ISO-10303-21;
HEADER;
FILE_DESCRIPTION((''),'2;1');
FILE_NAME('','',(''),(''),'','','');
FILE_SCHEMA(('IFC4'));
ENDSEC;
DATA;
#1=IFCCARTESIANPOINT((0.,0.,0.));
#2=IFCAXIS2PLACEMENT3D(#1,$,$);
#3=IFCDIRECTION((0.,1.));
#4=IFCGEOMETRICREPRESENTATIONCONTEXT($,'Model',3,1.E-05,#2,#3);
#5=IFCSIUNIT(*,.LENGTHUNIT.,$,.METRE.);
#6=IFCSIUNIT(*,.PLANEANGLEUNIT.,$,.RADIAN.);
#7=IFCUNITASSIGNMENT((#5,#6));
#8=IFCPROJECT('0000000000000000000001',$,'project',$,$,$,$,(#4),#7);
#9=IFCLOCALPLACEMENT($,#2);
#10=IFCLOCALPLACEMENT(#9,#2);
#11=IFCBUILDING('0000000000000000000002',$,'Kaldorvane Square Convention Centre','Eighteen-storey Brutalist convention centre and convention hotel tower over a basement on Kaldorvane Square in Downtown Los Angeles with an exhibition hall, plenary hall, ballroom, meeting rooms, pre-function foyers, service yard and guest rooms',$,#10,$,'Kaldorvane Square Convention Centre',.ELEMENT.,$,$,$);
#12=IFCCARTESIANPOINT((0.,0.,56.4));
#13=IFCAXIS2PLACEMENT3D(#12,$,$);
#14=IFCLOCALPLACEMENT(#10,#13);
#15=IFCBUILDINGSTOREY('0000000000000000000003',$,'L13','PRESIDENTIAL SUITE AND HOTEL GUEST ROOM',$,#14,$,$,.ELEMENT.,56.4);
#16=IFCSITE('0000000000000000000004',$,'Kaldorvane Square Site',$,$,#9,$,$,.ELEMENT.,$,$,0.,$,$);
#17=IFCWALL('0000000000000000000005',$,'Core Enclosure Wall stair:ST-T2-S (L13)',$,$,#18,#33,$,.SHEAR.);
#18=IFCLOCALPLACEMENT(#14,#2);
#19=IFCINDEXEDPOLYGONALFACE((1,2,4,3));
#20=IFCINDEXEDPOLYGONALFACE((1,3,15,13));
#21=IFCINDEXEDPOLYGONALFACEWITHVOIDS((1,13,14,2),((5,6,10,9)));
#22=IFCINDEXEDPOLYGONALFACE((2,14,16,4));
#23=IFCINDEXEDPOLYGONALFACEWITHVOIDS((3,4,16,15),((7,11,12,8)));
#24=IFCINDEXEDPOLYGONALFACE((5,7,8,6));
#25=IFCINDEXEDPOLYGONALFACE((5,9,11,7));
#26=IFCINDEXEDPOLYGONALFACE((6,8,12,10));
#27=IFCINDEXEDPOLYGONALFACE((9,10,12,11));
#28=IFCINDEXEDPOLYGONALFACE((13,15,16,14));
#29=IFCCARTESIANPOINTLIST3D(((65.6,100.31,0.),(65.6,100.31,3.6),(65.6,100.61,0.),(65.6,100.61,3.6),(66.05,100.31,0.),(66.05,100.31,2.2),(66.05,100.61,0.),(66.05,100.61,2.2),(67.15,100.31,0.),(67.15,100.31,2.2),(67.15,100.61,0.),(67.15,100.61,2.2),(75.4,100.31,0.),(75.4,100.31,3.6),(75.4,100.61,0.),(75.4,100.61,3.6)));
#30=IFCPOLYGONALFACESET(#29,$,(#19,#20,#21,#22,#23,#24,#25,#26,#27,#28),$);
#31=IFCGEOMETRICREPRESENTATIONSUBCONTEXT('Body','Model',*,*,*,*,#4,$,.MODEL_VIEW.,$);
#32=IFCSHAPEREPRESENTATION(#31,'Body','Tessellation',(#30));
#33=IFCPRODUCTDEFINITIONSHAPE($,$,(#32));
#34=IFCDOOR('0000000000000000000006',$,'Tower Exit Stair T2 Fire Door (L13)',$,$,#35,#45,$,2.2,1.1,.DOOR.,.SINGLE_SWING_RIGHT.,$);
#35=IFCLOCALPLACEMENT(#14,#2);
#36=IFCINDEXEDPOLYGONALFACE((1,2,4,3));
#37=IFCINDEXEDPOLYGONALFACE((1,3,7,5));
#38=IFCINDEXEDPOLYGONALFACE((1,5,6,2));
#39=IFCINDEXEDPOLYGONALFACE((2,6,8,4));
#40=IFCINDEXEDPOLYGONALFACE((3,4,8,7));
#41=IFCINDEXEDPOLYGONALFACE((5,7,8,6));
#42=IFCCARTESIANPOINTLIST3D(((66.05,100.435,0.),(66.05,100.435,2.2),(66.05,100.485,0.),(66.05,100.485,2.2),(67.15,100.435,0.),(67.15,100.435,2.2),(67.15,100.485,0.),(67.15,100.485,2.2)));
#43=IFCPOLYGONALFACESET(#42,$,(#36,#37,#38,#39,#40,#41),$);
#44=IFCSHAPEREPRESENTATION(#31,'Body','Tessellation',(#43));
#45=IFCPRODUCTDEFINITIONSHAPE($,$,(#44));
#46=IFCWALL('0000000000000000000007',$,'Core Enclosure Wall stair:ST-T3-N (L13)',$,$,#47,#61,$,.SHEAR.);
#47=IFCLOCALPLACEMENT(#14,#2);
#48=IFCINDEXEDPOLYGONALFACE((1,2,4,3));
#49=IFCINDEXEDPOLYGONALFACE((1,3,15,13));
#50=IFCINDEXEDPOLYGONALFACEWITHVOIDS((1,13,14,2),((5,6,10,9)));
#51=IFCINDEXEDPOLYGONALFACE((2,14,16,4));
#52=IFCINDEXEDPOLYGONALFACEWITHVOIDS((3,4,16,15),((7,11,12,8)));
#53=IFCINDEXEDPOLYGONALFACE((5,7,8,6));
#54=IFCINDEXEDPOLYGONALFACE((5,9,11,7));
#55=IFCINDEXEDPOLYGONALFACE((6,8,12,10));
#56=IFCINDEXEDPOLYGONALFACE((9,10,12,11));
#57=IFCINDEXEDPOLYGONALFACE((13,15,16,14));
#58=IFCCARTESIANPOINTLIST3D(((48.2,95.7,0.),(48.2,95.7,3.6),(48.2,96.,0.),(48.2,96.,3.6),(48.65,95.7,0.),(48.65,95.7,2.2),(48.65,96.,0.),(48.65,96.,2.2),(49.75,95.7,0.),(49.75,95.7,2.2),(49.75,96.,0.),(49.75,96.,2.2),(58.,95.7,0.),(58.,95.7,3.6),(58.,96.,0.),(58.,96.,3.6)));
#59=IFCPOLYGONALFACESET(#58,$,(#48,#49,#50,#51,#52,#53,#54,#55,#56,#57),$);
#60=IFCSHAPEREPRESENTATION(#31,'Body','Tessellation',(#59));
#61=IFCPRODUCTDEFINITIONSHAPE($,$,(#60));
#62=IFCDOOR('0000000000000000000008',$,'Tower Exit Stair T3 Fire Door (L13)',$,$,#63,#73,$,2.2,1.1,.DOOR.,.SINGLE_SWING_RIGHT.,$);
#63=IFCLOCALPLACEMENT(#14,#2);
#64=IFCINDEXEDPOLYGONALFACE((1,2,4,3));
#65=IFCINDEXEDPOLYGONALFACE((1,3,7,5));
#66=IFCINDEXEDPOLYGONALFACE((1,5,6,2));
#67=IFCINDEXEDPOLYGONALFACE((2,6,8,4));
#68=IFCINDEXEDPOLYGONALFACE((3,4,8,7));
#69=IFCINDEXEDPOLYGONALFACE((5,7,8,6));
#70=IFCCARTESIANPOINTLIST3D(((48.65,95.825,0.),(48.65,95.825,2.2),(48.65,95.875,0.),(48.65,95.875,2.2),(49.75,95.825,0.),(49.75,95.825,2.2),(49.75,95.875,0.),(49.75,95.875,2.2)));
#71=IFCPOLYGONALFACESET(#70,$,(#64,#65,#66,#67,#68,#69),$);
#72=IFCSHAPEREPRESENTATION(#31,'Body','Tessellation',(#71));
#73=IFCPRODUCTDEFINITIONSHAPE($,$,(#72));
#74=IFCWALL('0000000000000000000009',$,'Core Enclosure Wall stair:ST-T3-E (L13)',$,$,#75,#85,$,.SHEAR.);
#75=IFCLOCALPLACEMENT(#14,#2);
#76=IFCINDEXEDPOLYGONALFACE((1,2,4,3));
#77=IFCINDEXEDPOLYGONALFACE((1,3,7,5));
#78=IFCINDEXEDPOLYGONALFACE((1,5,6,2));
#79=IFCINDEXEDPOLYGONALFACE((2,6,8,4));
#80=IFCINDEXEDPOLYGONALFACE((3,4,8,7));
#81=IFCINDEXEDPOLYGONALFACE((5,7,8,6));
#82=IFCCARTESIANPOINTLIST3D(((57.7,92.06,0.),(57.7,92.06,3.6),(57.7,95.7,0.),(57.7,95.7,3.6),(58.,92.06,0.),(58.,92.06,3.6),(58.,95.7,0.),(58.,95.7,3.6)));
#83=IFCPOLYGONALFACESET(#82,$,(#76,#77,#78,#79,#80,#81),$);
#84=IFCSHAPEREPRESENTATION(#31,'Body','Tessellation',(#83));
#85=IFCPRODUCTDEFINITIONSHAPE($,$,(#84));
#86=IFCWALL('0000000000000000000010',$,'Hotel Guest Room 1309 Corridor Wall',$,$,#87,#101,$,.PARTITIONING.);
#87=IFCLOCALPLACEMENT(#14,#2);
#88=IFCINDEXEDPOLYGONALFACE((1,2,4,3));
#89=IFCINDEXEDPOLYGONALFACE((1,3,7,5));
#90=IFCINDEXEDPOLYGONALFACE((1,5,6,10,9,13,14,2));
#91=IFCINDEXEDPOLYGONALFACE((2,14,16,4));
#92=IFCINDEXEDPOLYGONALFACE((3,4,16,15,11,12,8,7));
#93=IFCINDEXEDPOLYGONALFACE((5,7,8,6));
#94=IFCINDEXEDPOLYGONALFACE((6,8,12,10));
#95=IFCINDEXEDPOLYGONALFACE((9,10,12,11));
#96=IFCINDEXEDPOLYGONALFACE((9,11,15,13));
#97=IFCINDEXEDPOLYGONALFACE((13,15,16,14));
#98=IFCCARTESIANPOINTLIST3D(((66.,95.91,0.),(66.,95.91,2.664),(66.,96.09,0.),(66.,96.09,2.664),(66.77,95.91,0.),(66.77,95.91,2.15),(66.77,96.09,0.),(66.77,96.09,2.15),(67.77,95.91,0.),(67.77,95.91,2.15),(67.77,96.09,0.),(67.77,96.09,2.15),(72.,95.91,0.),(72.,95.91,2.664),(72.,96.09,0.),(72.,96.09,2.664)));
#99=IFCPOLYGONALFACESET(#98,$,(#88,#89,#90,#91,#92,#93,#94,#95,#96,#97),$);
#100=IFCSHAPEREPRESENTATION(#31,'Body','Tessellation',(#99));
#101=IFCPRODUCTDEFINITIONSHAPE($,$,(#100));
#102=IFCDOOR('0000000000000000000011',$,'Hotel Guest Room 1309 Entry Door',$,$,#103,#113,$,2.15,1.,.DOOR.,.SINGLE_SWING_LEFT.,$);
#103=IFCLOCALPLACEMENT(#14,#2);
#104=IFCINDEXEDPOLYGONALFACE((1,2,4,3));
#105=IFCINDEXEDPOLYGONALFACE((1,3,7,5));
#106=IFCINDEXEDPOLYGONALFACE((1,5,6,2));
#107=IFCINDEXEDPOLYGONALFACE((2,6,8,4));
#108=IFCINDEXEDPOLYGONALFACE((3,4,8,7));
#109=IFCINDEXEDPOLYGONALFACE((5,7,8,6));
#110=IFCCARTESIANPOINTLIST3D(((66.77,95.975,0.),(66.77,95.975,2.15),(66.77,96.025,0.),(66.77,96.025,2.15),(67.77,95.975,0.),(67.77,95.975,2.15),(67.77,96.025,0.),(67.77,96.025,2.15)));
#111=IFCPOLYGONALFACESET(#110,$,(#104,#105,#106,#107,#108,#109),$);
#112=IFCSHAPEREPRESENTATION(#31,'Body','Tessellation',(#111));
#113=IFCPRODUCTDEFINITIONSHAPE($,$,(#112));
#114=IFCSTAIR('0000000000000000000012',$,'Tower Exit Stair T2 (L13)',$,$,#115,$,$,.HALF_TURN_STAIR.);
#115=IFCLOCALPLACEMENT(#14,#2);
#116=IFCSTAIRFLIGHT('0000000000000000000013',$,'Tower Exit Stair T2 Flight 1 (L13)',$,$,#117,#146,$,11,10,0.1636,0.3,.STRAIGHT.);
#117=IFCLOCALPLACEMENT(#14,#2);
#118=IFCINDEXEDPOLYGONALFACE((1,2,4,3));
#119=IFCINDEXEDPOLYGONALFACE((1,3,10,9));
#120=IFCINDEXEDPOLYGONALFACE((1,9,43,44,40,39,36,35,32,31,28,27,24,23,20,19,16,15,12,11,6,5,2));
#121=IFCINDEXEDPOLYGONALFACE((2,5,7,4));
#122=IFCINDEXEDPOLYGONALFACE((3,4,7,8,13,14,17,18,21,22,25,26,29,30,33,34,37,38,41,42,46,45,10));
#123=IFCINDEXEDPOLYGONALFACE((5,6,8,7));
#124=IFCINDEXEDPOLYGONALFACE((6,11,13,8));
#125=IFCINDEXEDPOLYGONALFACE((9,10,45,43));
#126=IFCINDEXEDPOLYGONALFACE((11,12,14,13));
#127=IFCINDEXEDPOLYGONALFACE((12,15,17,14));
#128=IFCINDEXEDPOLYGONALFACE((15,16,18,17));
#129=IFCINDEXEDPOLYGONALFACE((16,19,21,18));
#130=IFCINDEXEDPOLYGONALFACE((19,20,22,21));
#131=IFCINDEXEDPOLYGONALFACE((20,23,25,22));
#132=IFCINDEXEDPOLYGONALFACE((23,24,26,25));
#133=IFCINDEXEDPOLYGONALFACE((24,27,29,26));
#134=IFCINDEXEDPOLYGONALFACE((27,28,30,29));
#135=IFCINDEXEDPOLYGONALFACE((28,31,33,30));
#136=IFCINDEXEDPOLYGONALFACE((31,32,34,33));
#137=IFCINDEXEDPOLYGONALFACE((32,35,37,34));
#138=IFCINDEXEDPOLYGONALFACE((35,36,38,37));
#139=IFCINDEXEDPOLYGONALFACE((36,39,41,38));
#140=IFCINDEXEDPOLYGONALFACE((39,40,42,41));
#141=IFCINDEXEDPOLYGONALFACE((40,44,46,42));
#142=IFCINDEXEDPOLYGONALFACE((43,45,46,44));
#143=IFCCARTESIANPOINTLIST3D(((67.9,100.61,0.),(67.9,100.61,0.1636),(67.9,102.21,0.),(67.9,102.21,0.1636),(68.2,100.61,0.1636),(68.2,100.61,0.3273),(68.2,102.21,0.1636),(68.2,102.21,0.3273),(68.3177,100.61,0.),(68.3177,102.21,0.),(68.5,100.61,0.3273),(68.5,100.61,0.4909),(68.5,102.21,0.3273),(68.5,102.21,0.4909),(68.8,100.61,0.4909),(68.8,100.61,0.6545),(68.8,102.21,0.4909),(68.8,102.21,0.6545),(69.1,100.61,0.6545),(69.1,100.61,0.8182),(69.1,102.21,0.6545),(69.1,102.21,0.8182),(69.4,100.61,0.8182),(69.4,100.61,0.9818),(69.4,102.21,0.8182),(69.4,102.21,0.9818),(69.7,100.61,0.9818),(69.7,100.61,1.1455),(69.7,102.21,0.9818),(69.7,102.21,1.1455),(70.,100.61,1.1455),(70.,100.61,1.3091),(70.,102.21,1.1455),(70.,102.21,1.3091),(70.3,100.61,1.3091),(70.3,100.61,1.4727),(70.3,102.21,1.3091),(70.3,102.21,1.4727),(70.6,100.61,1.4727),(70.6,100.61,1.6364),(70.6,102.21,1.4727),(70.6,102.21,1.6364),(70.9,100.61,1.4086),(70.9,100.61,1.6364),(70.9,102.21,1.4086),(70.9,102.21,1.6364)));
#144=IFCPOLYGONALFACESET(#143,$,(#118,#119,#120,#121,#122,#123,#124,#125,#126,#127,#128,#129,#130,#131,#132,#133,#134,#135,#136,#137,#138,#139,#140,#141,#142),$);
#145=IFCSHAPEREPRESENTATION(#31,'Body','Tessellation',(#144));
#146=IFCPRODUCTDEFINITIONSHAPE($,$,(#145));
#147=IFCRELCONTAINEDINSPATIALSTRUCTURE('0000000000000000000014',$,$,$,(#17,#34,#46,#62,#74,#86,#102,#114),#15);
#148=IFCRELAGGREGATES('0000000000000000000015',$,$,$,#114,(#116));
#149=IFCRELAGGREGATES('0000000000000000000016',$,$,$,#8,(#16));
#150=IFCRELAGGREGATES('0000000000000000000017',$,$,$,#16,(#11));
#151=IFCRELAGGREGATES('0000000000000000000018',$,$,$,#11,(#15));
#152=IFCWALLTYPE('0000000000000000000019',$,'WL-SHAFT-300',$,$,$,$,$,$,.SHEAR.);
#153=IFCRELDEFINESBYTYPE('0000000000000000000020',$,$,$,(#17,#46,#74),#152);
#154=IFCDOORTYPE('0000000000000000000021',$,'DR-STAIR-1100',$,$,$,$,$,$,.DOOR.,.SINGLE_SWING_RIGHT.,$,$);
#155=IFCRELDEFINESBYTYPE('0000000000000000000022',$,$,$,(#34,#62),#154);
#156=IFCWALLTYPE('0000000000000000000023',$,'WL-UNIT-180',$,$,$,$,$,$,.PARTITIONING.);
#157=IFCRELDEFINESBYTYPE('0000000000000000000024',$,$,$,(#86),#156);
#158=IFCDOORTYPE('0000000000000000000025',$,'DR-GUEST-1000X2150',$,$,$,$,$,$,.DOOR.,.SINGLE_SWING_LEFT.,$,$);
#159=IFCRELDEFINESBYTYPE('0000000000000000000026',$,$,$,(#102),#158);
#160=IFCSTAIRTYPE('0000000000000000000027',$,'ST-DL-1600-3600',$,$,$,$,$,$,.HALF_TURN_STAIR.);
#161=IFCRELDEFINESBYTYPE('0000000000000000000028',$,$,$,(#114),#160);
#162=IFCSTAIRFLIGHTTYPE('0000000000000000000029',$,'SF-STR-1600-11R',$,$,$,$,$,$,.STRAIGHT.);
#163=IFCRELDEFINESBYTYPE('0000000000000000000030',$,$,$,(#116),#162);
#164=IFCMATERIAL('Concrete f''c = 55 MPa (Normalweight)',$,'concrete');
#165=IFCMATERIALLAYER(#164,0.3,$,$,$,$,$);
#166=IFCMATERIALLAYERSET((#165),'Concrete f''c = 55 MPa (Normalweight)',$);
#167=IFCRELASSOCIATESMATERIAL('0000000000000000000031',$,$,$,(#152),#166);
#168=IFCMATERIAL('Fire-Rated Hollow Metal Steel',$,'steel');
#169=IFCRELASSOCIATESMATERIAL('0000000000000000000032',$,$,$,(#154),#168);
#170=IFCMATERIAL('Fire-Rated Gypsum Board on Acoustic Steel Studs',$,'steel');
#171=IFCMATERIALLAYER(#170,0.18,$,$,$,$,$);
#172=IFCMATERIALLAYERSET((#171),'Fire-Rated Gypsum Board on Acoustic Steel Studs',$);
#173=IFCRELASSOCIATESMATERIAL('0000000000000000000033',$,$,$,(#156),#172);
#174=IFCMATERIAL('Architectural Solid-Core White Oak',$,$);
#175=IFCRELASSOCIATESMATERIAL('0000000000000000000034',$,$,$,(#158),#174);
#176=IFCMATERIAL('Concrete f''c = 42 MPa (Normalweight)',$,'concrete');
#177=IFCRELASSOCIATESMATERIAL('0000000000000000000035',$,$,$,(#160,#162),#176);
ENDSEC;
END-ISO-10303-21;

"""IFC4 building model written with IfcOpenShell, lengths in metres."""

from ifc_helpers import new_model, si_unit, direction, frame, frame_2d, origin, place, context, subcontext, project, spatial, polyline, rectangle, outline, extrude, material, layer, layer_set, type_object, element, fill, aggregate, save


model = new_model("IFC4")

# Units and contexts
model_context = context("Model", 3, precision=1e-05, world=origin(), true_north=direction((0.0, 1.0)))
body_context = subcontext(model_context, "Body", "Model", "MODEL_VIEW")
ifc_project = project(units=[si_unit("LENGTHUNIT", "METRE"), si_unit("PLANEANGLEUNIT", "RADIAN")], contexts=[model_context])

# Site, building, storey
site_placement = place(None, origin())
site = spatial("IfcSite", under=ifc_project, at=site_placement, Name="Kaldorvane Square Site", CompositionType="ELEMENT", RefElevation=0.0)
building_placement = place(site_placement, origin())
building = spatial("IfcBuilding", under=site, at=building_placement, Name="Kaldorvane Square Convention Centre", Description="Eighteen-storey Brutalist convention centre and convention hotel tower over a basement on Kaldorvane Square in Downtown Los Angeles with an exhibition hall, plenary hall, ballroom, meeting rooms, pre-function foyers, service yard and guest rooms", LongName="Kaldorvane Square Convention Centre", CompositionType="ELEMENT")
storey_placement = place(building_placement, frame((0.0, 0.0, 56.4)))
storey = spatial("IfcBuildingStorey", under=building, at=storey_placement, Name="L13", Description="PRESIDENTIAL SUITE AND HOTEL GUEST ROOM", CompositionType="ELEMENT", Elevation=56.4)

# Shared definitions
ifc_material_1 = material(Name="Fire-Rated Gypsum Board on Acoustic Steel Studs", Category="steel")
ifc_material_2 = material(Name="Architectural Solid-Core White Oak")

# Walls, openings, doors
ifc_material_3 = material(Name="Concrete f'c = 55 MPa (Normalweight)", Category="concrete")
ifc_layer_1 = layer(ifc_material_3, 0.3)
ifc_layer_set_1 = layer_set([ifc_layer_1], Name="Concrete f'c = 55 MPa (Normalweight)")
wall_type_1 = type_object("IfcWallType", Name="WL-SHAFT-300", PredefinedType="SHEAR", material=ifc_layer_set_1)
wall_1_placement = place(storey_placement, frame((65.6, 100.46, 0.0), z_axis=(0.0, 0.0, 1.0), x_axis=(1.0, 0.0, 0.0)))
wall_1 = element("IfcWall", 1, at=wall_1_placement, inside=storey, type_object=wall_type_1, Name="Core Enclosure Wall stair:ST-T2-S (L13)", PredefinedType="SHEAR", context=body_context, shape_type="SweptSolid", body=[
    extrude(rectangle(XDim=9.8, YDim=0.3, at=frame_2d((4.9, 0.0))), origin(), (0.0, 0.0, 1.0), 3.6),
])
opening_1_placement = place(wall_1_placement, frame((0.45, 0.0, 0.0)))
opening_1 = element("IfcOpeningElement", 2, at=opening_1_placement, cuts=wall_1, PredefinedType="OPENING", context=body_context, shape_type="SweptSolid", body=[
    extrude(rectangle(XDim=1.1, YDim=2.2, at=frame_2d((0.55, 1.1))), frame((0.0, 0.165, 0.0), z_axis=(0.0, -1.0, 0.0), x_axis=(1.0, 0.0, 0.0)), (0.0, 0.0, 1.0), 0.33),
])
ifc_material_4 = material(Name="Fire-Rated Hollow Metal Steel", Category="steel")
door_type_1 = type_object("IfcDoorType", Name="DR-STAIR-1100", OperationType="SINGLE_SWING_RIGHT", PredefinedType="DOOR", material=ifc_material_4)
door_1_placement = place(opening_1_placement, origin())
door_1 = element("IfcDoor", 3, at=door_1_placement, inside=storey, type_object=door_type_1, Name="Tower Exit Stair T2 Fire Door (L13)", OperationType="SINGLE_SWING_RIGHT", OverallHeight=2.2, OverallWidth=1.1, PredefinedType="DOOR", context=body_context, shape_type="SweptSolid", body=[
    extrude(rectangle(XDim=1.1, YDim=2.2, at=frame_2d((0.55, 1.1))), frame((0.0, 0.025, 0.0), z_axis=(0.0, -1.0, 0.0), x_axis=(1.0, 0.0, 0.0)), (0.0, 0.0, 1.0), 0.05),
])
fill(opening_1, door_1)
wall_2_placement = place(storey_placement, frame((58.0, 95.85, 0.0), z_axis=(0.0, 0.0, 1.0), x_axis=(-1.0, 0.0, 0.0)))
wall_2 = element("IfcWall", 4, at=wall_2_placement, inside=storey, type_object=wall_type_1, Name="Core Enclosure Wall stair:ST-T3-N (L13)", PredefinedType="SHEAR", context=body_context, shape_type="SweptSolid", body=[
    extrude(rectangle(XDim=9.8, YDim=0.3, at=frame_2d((4.9, 0.0))), origin(), (0.0, 0.0, 1.0), 3.6),
])
opening_2_placement = place(wall_2_placement, frame((8.25, 0.0, 0.0)))
opening_2 = element("IfcOpeningElement", 5, at=opening_2_placement, cuts=wall_2, PredefinedType="OPENING", context=body_context, shape_type="SweptSolid", body=[
    extrude(rectangle(XDim=1.1, YDim=2.2, at=frame_2d((0.55, 1.1))), frame((0.0, 0.165, 0.0), z_axis=(0.0, -1.0, 0.0), x_axis=(1.0, 0.0, 0.0)), (0.0, 0.0, 1.0), 0.33),
])
door_2_placement = place(opening_2_placement, origin())
door_2 = element("IfcDoor", 6, at=door_2_placement, inside=storey, type_object=door_type_1, Name="Tower Exit Stair T3 Fire Door (L13)", OperationType="SINGLE_SWING_RIGHT", OverallHeight=2.2, OverallWidth=1.1, PredefinedType="DOOR", context=body_context, shape_type="SweptSolid", body=[
    extrude(rectangle(XDim=1.1, YDim=2.2, at=frame_2d((0.55, 1.1))), frame((0.0, 0.025, 0.0), z_axis=(0.0, -1.0, 0.0), x_axis=(1.0, 0.0, 0.0)), (0.0, 0.0, 1.0), 0.05),
])
fill(opening_2, door_2)

# Wall
wall_3_placement = place(storey_placement, frame((57.85, 92.06, 0.0), z_axis=(0.0, 0.0, 1.0), x_axis=(0.0, 1.0, 0.0)))
element("IfcWall", 7, at=wall_3_placement, inside=storey, type_object=wall_type_1, Name="Core Enclosure Wall stair:ST-T3-E (L13)", PredefinedType="SHEAR", context=body_context, shape_type="SweptSolid", body=[
    extrude(rectangle(XDim=3.64, YDim=0.3, at=frame_2d((1.82, 0.0))), origin(), (0.0, 0.0, 1.0), 3.6),
])

# Wall, opening, door
ifc_layer_2 = layer(ifc_material_1, 0.18)
ifc_layer_set_2 = layer_set([ifc_layer_2], Name="Fire-Rated Gypsum Board on Acoustic Steel Studs")
wall_type_2 = type_object("IfcWallType", Name="WL-UNIT-180", PredefinedType="PARTITIONING", material=ifc_layer_set_2)
wall_4_placement = place(storey_placement, frame((66.0, 96.0, 0.0), z_axis=(0.0, 0.0, 1.0), x_axis=(1.0, 0.0, 0.0)))
wall_4 = element("IfcWall", 8, at=wall_4_placement, inside=storey, type_object=wall_type_2, Name="Hotel Guest Room 1309 Corridor Wall", PredefinedType="PARTITIONING", context=body_context, shape_type="SweptSolid", body=[
    extrude(rectangle(XDim=6.0, YDim=0.18, at=frame_2d((3.0, 0.0))), origin(), (0.0, 0.0, 1.0), 2.664),
])
opening_3_placement = place(wall_4_placement, frame((0.77, 0.0, 0.0)))
opening_3 = element("IfcOpeningElement", 9, at=opening_3_placement, cuts=wall_4, PredefinedType="OPENING", context=body_context, shape_type="SweptSolid", body=[
    extrude(rectangle(XDim=1.0, YDim=2.15, at=frame_2d((0.5, 1.075))), frame((0.0, 0.105, 0.0), z_axis=(0.0, -1.0, 0.0), x_axis=(1.0, 0.0, 0.0)), (0.0, 0.0, 1.0), 0.21),
])
door_type_2 = type_object("IfcDoorType", Name="DR-GUEST-1000X2150", OperationType="SINGLE_SWING_LEFT", PredefinedType="DOOR", material=ifc_material_2)
door_3_placement = place(opening_3_placement, origin())
door_3 = element("IfcDoor", 10, at=door_3_placement, inside=storey, type_object=door_type_2, Name="Hotel Guest Room 1309 Entry Door", OperationType="SINGLE_SWING_LEFT", OverallHeight=2.15, OverallWidth=1.0, PredefinedType="DOOR", context=body_context, shape_type="SweptSolid", body=[
    extrude(rectangle(XDim=1.0, YDim=2.15, at=frame_2d((0.5, 1.075))), frame((0.0, 0.025, 0.0), z_axis=(0.0, -1.0, 0.0), x_axis=(1.0, 0.0, 0.0)), (0.0, 0.0, 1.0), 0.05),
])
fill(opening_3, door_3)

# Stair, stair flight
ifc_material_5 = material(Name="Concrete f'c = 42 MPa (Normalweight)", Category="concrete")
stair_type = type_object("IfcStairType", Name="ST-DL-1600-3600", PredefinedType="HALF_TURN_STAIR", material=ifc_material_5)
stair_1_placement = place(storey_placement, origin())
stair_1 = element("IfcStair", 11, at=stair_1_placement, inside=storey, type_object=stair_type, Name="Tower Exit Stair T2 (L13)", PredefinedType="HALF_TURN_STAIR")
stair_flight_type = type_object("IfcStairFlightType", Name="SF-STR-1600-11R", PredefinedType="STRAIGHT", material=ifc_material_5)
stair_flight_1_placement = place(storey_placement, frame((67.9, 101.41, 0.0), z_axis=(0.0, 0.0, 1.0), x_axis=(1.0, 0.0, 0.0)))
stair_flight_1 = element("IfcStairFlight", 12, at=stair_flight_1_placement, type_object=stair_flight_type, Name="Tower Exit Stair T2 Flight 1 (L13)", NumberOfRisers=11, NumberOfTreads=10, PredefinedType="STRAIGHT", RiserHeight=0.1636, TreadLength=0.3, context=body_context, shape_type="SweptSolid", body=[
    extrude(outline(polyline([(0.0, 0.0), (0.0, 0.1636), (0.3, 0.1636), (0.3, 0.3273), (0.6, 0.3273), (0.6, 0.4909), (0.9, 0.4909), (0.9, 0.6545), (1.2, 0.6545), (1.2, 0.8182), (1.5, 0.8182), (1.5, 0.9818), (1.8, 0.9818), (1.8, 1.1455), (2.1, 1.1455), (2.1, 1.3091), (2.4, 1.3091), (2.4, 1.4727), (2.7, 1.4727), (2.7, 1.6364), (3.0, 1.6364), (3.0, 1.8), (3.0, 1.4086), (0.4177, 0.0), (0.0, 0.0)])), frame((0.0, 0.8, 0.0), z_axis=(0.0, -1.0, 0.0), x_axis=(1.0, 0.0, 0.0)), (0.0, 0.0, 1.0), 1.6),
])
aggregate(stair_1, [stair_flight_1])

save(model, "model.ifc")
